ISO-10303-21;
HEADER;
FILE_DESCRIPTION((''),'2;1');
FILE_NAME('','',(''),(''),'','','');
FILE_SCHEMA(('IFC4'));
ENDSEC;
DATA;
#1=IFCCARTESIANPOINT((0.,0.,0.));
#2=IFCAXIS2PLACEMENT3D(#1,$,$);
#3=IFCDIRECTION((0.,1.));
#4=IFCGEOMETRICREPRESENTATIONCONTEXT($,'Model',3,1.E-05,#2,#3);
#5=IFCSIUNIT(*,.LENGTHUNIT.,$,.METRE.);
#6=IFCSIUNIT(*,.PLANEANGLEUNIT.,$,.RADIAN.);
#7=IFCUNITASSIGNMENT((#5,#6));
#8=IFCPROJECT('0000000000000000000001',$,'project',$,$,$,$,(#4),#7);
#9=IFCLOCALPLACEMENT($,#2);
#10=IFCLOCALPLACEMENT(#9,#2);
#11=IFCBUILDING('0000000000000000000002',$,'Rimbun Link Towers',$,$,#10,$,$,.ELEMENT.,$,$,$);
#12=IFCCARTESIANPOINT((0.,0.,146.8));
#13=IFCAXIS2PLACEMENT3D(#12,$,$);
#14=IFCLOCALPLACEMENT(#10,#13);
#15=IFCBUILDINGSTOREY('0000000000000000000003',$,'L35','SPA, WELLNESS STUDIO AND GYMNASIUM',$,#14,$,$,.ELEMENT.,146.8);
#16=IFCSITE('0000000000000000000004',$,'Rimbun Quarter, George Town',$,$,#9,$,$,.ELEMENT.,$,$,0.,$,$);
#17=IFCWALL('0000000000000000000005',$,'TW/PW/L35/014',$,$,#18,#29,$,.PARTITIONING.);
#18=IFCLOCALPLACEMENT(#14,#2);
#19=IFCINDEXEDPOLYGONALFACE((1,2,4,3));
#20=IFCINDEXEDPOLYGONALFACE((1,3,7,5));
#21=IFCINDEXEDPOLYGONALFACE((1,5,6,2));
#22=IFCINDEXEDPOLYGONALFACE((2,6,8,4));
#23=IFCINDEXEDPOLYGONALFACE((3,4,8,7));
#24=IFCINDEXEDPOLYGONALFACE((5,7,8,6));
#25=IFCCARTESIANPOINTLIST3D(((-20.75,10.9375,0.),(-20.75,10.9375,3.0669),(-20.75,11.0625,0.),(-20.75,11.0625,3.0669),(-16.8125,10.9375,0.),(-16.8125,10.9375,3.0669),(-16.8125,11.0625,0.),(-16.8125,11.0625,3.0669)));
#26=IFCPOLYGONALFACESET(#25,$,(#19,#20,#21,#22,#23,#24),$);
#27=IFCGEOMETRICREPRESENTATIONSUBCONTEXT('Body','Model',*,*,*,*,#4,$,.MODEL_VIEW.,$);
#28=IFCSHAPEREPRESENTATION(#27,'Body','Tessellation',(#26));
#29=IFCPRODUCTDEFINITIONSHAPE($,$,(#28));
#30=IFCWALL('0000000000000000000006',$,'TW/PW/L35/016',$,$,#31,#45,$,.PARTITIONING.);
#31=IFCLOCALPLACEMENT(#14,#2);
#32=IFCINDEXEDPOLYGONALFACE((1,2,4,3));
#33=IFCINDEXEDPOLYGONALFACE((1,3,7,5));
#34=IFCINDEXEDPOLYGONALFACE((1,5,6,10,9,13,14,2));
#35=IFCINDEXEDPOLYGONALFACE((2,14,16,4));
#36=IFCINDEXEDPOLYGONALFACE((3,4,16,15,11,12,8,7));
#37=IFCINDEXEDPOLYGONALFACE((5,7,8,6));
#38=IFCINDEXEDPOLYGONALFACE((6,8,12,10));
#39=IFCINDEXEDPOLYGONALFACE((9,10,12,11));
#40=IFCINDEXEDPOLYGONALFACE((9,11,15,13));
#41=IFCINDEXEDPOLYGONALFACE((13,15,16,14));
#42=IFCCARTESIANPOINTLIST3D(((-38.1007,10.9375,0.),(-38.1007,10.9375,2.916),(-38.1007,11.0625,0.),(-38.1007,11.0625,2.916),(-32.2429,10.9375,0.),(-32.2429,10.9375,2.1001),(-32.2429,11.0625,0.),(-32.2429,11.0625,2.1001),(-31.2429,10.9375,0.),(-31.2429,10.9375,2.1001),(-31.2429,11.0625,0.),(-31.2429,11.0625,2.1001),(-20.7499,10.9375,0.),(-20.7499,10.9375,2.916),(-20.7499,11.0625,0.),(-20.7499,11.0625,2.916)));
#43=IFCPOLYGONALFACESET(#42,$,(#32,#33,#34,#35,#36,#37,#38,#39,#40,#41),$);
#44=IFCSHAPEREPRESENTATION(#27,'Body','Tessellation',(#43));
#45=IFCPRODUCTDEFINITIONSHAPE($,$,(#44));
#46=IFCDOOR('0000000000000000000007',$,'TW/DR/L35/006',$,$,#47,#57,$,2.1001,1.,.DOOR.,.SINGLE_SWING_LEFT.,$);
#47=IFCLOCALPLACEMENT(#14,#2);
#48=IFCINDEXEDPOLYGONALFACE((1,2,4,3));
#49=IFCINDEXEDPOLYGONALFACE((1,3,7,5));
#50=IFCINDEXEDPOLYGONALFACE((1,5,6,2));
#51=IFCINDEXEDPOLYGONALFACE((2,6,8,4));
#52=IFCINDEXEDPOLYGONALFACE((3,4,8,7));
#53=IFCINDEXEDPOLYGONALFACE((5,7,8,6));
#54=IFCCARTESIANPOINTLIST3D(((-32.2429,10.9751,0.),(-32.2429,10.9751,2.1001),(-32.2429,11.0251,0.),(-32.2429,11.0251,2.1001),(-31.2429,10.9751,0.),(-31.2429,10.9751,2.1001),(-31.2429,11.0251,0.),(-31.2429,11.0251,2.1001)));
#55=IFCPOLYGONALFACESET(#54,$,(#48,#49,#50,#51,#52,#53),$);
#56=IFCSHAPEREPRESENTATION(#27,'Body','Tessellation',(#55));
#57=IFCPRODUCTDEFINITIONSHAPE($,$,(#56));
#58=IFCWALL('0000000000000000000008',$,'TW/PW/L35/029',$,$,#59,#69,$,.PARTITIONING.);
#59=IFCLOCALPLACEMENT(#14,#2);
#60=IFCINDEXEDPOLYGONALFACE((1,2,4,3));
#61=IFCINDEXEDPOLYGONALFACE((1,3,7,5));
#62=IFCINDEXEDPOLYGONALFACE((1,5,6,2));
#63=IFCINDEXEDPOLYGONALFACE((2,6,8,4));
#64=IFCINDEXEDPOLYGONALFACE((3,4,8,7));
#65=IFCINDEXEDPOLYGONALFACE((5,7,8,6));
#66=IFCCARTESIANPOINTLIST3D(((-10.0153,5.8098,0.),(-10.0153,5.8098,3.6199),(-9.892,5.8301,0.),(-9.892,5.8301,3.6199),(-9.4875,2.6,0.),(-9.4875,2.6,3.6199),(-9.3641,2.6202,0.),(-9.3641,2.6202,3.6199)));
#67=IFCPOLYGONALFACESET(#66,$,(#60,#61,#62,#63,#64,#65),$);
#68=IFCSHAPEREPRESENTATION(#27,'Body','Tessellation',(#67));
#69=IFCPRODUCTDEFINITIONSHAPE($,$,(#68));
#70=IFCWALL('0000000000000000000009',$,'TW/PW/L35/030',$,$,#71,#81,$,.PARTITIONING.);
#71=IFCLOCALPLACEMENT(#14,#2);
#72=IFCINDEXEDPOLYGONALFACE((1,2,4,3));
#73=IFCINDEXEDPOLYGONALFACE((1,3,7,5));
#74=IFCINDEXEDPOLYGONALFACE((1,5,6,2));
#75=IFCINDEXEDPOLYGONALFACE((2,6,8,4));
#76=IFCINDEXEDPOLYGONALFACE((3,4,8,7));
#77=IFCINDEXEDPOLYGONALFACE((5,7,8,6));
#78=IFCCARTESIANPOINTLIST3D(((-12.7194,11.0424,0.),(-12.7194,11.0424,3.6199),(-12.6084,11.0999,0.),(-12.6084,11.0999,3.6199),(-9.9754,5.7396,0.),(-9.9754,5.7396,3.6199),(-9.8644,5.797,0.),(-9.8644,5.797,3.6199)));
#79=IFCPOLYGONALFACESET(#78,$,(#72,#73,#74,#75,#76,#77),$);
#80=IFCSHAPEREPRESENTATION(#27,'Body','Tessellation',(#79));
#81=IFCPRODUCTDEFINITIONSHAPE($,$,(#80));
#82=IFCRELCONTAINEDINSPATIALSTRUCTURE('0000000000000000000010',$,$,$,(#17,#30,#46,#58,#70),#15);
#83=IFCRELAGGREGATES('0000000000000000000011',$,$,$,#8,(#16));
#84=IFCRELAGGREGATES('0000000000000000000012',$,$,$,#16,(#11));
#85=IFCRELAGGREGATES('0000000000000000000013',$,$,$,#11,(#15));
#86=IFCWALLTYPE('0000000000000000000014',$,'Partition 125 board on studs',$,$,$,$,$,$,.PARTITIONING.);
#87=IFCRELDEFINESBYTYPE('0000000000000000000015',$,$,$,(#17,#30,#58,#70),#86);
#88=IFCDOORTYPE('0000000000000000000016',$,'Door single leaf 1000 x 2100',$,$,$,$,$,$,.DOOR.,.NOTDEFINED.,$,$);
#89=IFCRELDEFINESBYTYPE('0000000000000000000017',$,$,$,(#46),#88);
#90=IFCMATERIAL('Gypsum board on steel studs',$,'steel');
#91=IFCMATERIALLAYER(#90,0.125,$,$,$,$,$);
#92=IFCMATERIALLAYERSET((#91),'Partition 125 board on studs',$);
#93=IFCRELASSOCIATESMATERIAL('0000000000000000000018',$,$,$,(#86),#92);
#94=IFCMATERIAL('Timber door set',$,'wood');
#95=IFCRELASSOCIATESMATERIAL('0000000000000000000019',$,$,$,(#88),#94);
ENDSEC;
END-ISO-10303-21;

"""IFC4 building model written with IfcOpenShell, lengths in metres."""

from ifc_helpers import new_model, si_unit, direction, frame, frame_2d, origin, place, context, subcontext, project, spatial, rectangle, extrude, material, layer, layer_set, type_object, element, fill, save


model = new_model("IFC4")

# Units and contexts
model_context = context("Model", 3, precision=1e-05, world=origin(), true_north=direction((0.0, 1.0)))
body_context = subcontext(model_context, "Body", "Model", "MODEL_VIEW")
ifc_project = project(units=[si_unit("LENGTHUNIT", "METRE"), si_unit("PLANEANGLEUNIT", "RADIAN")], contexts=[model_context])

# Site, building, storey
site_placement = place(None, origin())
site = spatial("IfcSite", under=ifc_project, at=site_placement, Name="Rimbun Quarter, George Town", CompositionType="ELEMENT", RefElevation=0.0)
building_placement = place(site_placement, origin())
building = spatial("IfcBuilding", under=site, at=building_placement, Name="Rimbun Link Towers", CompositionType="ELEMENT")
storey_placement = place(building_placement, frame((0.0, 0.0, 146.8)))
storey = spatial("IfcBuildingStorey", under=building, at=storey_placement, Name="L35", Description="SPA, WELLNESS STUDIO AND GYMNASIUM", CompositionType="ELEMENT", Elevation=146.8)

# Shared definitions
ifc_material_1 = material(Name="Gypsum board on steel studs", Category="steel")
ifc_layer_1 = layer(ifc_material_1, 0.125)
ifc_layer_set_1 = layer_set([ifc_layer_1], Name="Partition 125 board on studs")
wall_type_1 = type_object("IfcWallType", Name="Partition 125 board on studs", PredefinedType="PARTITIONING", material=ifc_layer_set_1)
ifc_material_2 = material(Name="Timber door set", Category="wood")
door_type = type_object("IfcDoorType", Name="Door single leaf 1000 x 2100", OperationType="NOTDEFINED", PredefinedType="DOOR", material=ifc_material_2)

# Wall
wall_1_placement = place(storey_placement, frame((-16.8125, 11.0, 0.0), z_axis=(0.0, 0.0, 1.0), x_axis=(-1.0, 0.0, 0.0)))
element("IfcWall", 1, at=wall_1_placement, inside=storey, type_object=wall_type_1, Name="TW/PW/L35/014", PredefinedType="PARTITIONING", context=body_context, shape_type="SweptSolid", body=[
    extrude(rectangle(XDim=3.9375, YDim=0.125, at=frame_2d((1.9688, 0.0))), origin(), (0.0, 0.0, 1.0), 3.0669),
])

# Wall, opening, door
wall_2_placement = place(storey_placement, frame((-20.75, 11.0, 0.0), z_axis=(0.0, 0.0, 1.0), x_axis=(-1.0, 0.0, 0.0)))
wall_2 = element("IfcWall", 2, at=wall_2_placement, inside=storey, type_object=wall_type_1, Name="TW/PW/L35/016", PredefinedType="PARTITIONING", context=body_context, shape_type="SweptSolid", body=[
    extrude(rectangle(XDim=17.3508, YDim=0.125, at=frame_2d((8.6753, 0.0))), origin(), (0.0, 0.0, 1.0), 2.916),
])
opening_1_placement = place(wall_2_placement, frame((10.4929, 0.0, 0.0)))
opening_1 = element("IfcOpeningElement", 3, at=opening_1_placement, cuts=wall_2, PredefinedType="OPENING", context=body_context, shape_type="SweptSolid", body=[
    extrude(rectangle(XDim=1.0, YDim=2.1001, at=frame_2d((0.5, 1.05))), frame((0.0, 0.0725, 0.0), z_axis=(0.0, -1.0, 0.0), x_axis=(1.0, 0.0, 0.0)), (0.0, 0.0, 1.0), 0.145),
])
door_1_placement = place(opening_1_placement, origin())
door_1 = element("IfcDoor", 4, at=door_1_placement, inside=storey, type_object=door_type, Name="TW/DR/L35/006", OperationType="SINGLE_SWING_LEFT", OverallHeight=2.1001, OverallWidth=1.0, PredefinedType="DOOR", context=body_context, shape_type="SweptSolid", body=[
    extrude(rectangle(XDim=1.0, YDim=2.1001, at=frame_2d((0.5, 1.05))), frame((0.0, 0.0249, 0.0), z_axis=(0.0, -1.0, 0.0), x_axis=(1.0, 0.0, 0.0)), (0.0, 0.0, 1.0), 0.05),
])
fill(opening_1, door_1)

# Walls
wall_3_placement = place(storey_placement, frame((-9.4258, 2.6101, 0.0), z_axis=(0.0, 0.0, 1.0), x_axis=(-0.162269, 0.986747, 0.0)))
element("IfcWall", 5, at=wall_3_placement, inside=storey, type_object=wall_type_1, Name="TW/PW/L35/029", PredefinedType="PARTITIONING", context=body_context, shape_type="SweptSolid", body=[
    extrude(rectangle(XDim=3.2529, YDim=0.125, at=frame_2d((1.6265, 0.0))), origin(), (0.0, 0.0, 1.0), 3.6199),
])
wall_4_placement = place(storey_placement, frame((-9.9199, 5.7683, 0.0), z_axis=(0.0, 0.0, 1.0), x_axis=(-0.459569, 0.888142, 0.0)))
element("IfcWall", 6, at=wall_4_placement, inside=storey, type_object=wall_type_1, Name="TW/PW/L35/030", PredefinedType="PARTITIONING", context=body_context, shape_type="SweptSolid", body=[
    extrude(rectangle(XDim=5.9707, YDim=0.125, at=frame_2d((2.9854, 0.0))), origin(), (0.0, 0.0, 1.0), 3.6199),
])

save(model, "model.ifc")
